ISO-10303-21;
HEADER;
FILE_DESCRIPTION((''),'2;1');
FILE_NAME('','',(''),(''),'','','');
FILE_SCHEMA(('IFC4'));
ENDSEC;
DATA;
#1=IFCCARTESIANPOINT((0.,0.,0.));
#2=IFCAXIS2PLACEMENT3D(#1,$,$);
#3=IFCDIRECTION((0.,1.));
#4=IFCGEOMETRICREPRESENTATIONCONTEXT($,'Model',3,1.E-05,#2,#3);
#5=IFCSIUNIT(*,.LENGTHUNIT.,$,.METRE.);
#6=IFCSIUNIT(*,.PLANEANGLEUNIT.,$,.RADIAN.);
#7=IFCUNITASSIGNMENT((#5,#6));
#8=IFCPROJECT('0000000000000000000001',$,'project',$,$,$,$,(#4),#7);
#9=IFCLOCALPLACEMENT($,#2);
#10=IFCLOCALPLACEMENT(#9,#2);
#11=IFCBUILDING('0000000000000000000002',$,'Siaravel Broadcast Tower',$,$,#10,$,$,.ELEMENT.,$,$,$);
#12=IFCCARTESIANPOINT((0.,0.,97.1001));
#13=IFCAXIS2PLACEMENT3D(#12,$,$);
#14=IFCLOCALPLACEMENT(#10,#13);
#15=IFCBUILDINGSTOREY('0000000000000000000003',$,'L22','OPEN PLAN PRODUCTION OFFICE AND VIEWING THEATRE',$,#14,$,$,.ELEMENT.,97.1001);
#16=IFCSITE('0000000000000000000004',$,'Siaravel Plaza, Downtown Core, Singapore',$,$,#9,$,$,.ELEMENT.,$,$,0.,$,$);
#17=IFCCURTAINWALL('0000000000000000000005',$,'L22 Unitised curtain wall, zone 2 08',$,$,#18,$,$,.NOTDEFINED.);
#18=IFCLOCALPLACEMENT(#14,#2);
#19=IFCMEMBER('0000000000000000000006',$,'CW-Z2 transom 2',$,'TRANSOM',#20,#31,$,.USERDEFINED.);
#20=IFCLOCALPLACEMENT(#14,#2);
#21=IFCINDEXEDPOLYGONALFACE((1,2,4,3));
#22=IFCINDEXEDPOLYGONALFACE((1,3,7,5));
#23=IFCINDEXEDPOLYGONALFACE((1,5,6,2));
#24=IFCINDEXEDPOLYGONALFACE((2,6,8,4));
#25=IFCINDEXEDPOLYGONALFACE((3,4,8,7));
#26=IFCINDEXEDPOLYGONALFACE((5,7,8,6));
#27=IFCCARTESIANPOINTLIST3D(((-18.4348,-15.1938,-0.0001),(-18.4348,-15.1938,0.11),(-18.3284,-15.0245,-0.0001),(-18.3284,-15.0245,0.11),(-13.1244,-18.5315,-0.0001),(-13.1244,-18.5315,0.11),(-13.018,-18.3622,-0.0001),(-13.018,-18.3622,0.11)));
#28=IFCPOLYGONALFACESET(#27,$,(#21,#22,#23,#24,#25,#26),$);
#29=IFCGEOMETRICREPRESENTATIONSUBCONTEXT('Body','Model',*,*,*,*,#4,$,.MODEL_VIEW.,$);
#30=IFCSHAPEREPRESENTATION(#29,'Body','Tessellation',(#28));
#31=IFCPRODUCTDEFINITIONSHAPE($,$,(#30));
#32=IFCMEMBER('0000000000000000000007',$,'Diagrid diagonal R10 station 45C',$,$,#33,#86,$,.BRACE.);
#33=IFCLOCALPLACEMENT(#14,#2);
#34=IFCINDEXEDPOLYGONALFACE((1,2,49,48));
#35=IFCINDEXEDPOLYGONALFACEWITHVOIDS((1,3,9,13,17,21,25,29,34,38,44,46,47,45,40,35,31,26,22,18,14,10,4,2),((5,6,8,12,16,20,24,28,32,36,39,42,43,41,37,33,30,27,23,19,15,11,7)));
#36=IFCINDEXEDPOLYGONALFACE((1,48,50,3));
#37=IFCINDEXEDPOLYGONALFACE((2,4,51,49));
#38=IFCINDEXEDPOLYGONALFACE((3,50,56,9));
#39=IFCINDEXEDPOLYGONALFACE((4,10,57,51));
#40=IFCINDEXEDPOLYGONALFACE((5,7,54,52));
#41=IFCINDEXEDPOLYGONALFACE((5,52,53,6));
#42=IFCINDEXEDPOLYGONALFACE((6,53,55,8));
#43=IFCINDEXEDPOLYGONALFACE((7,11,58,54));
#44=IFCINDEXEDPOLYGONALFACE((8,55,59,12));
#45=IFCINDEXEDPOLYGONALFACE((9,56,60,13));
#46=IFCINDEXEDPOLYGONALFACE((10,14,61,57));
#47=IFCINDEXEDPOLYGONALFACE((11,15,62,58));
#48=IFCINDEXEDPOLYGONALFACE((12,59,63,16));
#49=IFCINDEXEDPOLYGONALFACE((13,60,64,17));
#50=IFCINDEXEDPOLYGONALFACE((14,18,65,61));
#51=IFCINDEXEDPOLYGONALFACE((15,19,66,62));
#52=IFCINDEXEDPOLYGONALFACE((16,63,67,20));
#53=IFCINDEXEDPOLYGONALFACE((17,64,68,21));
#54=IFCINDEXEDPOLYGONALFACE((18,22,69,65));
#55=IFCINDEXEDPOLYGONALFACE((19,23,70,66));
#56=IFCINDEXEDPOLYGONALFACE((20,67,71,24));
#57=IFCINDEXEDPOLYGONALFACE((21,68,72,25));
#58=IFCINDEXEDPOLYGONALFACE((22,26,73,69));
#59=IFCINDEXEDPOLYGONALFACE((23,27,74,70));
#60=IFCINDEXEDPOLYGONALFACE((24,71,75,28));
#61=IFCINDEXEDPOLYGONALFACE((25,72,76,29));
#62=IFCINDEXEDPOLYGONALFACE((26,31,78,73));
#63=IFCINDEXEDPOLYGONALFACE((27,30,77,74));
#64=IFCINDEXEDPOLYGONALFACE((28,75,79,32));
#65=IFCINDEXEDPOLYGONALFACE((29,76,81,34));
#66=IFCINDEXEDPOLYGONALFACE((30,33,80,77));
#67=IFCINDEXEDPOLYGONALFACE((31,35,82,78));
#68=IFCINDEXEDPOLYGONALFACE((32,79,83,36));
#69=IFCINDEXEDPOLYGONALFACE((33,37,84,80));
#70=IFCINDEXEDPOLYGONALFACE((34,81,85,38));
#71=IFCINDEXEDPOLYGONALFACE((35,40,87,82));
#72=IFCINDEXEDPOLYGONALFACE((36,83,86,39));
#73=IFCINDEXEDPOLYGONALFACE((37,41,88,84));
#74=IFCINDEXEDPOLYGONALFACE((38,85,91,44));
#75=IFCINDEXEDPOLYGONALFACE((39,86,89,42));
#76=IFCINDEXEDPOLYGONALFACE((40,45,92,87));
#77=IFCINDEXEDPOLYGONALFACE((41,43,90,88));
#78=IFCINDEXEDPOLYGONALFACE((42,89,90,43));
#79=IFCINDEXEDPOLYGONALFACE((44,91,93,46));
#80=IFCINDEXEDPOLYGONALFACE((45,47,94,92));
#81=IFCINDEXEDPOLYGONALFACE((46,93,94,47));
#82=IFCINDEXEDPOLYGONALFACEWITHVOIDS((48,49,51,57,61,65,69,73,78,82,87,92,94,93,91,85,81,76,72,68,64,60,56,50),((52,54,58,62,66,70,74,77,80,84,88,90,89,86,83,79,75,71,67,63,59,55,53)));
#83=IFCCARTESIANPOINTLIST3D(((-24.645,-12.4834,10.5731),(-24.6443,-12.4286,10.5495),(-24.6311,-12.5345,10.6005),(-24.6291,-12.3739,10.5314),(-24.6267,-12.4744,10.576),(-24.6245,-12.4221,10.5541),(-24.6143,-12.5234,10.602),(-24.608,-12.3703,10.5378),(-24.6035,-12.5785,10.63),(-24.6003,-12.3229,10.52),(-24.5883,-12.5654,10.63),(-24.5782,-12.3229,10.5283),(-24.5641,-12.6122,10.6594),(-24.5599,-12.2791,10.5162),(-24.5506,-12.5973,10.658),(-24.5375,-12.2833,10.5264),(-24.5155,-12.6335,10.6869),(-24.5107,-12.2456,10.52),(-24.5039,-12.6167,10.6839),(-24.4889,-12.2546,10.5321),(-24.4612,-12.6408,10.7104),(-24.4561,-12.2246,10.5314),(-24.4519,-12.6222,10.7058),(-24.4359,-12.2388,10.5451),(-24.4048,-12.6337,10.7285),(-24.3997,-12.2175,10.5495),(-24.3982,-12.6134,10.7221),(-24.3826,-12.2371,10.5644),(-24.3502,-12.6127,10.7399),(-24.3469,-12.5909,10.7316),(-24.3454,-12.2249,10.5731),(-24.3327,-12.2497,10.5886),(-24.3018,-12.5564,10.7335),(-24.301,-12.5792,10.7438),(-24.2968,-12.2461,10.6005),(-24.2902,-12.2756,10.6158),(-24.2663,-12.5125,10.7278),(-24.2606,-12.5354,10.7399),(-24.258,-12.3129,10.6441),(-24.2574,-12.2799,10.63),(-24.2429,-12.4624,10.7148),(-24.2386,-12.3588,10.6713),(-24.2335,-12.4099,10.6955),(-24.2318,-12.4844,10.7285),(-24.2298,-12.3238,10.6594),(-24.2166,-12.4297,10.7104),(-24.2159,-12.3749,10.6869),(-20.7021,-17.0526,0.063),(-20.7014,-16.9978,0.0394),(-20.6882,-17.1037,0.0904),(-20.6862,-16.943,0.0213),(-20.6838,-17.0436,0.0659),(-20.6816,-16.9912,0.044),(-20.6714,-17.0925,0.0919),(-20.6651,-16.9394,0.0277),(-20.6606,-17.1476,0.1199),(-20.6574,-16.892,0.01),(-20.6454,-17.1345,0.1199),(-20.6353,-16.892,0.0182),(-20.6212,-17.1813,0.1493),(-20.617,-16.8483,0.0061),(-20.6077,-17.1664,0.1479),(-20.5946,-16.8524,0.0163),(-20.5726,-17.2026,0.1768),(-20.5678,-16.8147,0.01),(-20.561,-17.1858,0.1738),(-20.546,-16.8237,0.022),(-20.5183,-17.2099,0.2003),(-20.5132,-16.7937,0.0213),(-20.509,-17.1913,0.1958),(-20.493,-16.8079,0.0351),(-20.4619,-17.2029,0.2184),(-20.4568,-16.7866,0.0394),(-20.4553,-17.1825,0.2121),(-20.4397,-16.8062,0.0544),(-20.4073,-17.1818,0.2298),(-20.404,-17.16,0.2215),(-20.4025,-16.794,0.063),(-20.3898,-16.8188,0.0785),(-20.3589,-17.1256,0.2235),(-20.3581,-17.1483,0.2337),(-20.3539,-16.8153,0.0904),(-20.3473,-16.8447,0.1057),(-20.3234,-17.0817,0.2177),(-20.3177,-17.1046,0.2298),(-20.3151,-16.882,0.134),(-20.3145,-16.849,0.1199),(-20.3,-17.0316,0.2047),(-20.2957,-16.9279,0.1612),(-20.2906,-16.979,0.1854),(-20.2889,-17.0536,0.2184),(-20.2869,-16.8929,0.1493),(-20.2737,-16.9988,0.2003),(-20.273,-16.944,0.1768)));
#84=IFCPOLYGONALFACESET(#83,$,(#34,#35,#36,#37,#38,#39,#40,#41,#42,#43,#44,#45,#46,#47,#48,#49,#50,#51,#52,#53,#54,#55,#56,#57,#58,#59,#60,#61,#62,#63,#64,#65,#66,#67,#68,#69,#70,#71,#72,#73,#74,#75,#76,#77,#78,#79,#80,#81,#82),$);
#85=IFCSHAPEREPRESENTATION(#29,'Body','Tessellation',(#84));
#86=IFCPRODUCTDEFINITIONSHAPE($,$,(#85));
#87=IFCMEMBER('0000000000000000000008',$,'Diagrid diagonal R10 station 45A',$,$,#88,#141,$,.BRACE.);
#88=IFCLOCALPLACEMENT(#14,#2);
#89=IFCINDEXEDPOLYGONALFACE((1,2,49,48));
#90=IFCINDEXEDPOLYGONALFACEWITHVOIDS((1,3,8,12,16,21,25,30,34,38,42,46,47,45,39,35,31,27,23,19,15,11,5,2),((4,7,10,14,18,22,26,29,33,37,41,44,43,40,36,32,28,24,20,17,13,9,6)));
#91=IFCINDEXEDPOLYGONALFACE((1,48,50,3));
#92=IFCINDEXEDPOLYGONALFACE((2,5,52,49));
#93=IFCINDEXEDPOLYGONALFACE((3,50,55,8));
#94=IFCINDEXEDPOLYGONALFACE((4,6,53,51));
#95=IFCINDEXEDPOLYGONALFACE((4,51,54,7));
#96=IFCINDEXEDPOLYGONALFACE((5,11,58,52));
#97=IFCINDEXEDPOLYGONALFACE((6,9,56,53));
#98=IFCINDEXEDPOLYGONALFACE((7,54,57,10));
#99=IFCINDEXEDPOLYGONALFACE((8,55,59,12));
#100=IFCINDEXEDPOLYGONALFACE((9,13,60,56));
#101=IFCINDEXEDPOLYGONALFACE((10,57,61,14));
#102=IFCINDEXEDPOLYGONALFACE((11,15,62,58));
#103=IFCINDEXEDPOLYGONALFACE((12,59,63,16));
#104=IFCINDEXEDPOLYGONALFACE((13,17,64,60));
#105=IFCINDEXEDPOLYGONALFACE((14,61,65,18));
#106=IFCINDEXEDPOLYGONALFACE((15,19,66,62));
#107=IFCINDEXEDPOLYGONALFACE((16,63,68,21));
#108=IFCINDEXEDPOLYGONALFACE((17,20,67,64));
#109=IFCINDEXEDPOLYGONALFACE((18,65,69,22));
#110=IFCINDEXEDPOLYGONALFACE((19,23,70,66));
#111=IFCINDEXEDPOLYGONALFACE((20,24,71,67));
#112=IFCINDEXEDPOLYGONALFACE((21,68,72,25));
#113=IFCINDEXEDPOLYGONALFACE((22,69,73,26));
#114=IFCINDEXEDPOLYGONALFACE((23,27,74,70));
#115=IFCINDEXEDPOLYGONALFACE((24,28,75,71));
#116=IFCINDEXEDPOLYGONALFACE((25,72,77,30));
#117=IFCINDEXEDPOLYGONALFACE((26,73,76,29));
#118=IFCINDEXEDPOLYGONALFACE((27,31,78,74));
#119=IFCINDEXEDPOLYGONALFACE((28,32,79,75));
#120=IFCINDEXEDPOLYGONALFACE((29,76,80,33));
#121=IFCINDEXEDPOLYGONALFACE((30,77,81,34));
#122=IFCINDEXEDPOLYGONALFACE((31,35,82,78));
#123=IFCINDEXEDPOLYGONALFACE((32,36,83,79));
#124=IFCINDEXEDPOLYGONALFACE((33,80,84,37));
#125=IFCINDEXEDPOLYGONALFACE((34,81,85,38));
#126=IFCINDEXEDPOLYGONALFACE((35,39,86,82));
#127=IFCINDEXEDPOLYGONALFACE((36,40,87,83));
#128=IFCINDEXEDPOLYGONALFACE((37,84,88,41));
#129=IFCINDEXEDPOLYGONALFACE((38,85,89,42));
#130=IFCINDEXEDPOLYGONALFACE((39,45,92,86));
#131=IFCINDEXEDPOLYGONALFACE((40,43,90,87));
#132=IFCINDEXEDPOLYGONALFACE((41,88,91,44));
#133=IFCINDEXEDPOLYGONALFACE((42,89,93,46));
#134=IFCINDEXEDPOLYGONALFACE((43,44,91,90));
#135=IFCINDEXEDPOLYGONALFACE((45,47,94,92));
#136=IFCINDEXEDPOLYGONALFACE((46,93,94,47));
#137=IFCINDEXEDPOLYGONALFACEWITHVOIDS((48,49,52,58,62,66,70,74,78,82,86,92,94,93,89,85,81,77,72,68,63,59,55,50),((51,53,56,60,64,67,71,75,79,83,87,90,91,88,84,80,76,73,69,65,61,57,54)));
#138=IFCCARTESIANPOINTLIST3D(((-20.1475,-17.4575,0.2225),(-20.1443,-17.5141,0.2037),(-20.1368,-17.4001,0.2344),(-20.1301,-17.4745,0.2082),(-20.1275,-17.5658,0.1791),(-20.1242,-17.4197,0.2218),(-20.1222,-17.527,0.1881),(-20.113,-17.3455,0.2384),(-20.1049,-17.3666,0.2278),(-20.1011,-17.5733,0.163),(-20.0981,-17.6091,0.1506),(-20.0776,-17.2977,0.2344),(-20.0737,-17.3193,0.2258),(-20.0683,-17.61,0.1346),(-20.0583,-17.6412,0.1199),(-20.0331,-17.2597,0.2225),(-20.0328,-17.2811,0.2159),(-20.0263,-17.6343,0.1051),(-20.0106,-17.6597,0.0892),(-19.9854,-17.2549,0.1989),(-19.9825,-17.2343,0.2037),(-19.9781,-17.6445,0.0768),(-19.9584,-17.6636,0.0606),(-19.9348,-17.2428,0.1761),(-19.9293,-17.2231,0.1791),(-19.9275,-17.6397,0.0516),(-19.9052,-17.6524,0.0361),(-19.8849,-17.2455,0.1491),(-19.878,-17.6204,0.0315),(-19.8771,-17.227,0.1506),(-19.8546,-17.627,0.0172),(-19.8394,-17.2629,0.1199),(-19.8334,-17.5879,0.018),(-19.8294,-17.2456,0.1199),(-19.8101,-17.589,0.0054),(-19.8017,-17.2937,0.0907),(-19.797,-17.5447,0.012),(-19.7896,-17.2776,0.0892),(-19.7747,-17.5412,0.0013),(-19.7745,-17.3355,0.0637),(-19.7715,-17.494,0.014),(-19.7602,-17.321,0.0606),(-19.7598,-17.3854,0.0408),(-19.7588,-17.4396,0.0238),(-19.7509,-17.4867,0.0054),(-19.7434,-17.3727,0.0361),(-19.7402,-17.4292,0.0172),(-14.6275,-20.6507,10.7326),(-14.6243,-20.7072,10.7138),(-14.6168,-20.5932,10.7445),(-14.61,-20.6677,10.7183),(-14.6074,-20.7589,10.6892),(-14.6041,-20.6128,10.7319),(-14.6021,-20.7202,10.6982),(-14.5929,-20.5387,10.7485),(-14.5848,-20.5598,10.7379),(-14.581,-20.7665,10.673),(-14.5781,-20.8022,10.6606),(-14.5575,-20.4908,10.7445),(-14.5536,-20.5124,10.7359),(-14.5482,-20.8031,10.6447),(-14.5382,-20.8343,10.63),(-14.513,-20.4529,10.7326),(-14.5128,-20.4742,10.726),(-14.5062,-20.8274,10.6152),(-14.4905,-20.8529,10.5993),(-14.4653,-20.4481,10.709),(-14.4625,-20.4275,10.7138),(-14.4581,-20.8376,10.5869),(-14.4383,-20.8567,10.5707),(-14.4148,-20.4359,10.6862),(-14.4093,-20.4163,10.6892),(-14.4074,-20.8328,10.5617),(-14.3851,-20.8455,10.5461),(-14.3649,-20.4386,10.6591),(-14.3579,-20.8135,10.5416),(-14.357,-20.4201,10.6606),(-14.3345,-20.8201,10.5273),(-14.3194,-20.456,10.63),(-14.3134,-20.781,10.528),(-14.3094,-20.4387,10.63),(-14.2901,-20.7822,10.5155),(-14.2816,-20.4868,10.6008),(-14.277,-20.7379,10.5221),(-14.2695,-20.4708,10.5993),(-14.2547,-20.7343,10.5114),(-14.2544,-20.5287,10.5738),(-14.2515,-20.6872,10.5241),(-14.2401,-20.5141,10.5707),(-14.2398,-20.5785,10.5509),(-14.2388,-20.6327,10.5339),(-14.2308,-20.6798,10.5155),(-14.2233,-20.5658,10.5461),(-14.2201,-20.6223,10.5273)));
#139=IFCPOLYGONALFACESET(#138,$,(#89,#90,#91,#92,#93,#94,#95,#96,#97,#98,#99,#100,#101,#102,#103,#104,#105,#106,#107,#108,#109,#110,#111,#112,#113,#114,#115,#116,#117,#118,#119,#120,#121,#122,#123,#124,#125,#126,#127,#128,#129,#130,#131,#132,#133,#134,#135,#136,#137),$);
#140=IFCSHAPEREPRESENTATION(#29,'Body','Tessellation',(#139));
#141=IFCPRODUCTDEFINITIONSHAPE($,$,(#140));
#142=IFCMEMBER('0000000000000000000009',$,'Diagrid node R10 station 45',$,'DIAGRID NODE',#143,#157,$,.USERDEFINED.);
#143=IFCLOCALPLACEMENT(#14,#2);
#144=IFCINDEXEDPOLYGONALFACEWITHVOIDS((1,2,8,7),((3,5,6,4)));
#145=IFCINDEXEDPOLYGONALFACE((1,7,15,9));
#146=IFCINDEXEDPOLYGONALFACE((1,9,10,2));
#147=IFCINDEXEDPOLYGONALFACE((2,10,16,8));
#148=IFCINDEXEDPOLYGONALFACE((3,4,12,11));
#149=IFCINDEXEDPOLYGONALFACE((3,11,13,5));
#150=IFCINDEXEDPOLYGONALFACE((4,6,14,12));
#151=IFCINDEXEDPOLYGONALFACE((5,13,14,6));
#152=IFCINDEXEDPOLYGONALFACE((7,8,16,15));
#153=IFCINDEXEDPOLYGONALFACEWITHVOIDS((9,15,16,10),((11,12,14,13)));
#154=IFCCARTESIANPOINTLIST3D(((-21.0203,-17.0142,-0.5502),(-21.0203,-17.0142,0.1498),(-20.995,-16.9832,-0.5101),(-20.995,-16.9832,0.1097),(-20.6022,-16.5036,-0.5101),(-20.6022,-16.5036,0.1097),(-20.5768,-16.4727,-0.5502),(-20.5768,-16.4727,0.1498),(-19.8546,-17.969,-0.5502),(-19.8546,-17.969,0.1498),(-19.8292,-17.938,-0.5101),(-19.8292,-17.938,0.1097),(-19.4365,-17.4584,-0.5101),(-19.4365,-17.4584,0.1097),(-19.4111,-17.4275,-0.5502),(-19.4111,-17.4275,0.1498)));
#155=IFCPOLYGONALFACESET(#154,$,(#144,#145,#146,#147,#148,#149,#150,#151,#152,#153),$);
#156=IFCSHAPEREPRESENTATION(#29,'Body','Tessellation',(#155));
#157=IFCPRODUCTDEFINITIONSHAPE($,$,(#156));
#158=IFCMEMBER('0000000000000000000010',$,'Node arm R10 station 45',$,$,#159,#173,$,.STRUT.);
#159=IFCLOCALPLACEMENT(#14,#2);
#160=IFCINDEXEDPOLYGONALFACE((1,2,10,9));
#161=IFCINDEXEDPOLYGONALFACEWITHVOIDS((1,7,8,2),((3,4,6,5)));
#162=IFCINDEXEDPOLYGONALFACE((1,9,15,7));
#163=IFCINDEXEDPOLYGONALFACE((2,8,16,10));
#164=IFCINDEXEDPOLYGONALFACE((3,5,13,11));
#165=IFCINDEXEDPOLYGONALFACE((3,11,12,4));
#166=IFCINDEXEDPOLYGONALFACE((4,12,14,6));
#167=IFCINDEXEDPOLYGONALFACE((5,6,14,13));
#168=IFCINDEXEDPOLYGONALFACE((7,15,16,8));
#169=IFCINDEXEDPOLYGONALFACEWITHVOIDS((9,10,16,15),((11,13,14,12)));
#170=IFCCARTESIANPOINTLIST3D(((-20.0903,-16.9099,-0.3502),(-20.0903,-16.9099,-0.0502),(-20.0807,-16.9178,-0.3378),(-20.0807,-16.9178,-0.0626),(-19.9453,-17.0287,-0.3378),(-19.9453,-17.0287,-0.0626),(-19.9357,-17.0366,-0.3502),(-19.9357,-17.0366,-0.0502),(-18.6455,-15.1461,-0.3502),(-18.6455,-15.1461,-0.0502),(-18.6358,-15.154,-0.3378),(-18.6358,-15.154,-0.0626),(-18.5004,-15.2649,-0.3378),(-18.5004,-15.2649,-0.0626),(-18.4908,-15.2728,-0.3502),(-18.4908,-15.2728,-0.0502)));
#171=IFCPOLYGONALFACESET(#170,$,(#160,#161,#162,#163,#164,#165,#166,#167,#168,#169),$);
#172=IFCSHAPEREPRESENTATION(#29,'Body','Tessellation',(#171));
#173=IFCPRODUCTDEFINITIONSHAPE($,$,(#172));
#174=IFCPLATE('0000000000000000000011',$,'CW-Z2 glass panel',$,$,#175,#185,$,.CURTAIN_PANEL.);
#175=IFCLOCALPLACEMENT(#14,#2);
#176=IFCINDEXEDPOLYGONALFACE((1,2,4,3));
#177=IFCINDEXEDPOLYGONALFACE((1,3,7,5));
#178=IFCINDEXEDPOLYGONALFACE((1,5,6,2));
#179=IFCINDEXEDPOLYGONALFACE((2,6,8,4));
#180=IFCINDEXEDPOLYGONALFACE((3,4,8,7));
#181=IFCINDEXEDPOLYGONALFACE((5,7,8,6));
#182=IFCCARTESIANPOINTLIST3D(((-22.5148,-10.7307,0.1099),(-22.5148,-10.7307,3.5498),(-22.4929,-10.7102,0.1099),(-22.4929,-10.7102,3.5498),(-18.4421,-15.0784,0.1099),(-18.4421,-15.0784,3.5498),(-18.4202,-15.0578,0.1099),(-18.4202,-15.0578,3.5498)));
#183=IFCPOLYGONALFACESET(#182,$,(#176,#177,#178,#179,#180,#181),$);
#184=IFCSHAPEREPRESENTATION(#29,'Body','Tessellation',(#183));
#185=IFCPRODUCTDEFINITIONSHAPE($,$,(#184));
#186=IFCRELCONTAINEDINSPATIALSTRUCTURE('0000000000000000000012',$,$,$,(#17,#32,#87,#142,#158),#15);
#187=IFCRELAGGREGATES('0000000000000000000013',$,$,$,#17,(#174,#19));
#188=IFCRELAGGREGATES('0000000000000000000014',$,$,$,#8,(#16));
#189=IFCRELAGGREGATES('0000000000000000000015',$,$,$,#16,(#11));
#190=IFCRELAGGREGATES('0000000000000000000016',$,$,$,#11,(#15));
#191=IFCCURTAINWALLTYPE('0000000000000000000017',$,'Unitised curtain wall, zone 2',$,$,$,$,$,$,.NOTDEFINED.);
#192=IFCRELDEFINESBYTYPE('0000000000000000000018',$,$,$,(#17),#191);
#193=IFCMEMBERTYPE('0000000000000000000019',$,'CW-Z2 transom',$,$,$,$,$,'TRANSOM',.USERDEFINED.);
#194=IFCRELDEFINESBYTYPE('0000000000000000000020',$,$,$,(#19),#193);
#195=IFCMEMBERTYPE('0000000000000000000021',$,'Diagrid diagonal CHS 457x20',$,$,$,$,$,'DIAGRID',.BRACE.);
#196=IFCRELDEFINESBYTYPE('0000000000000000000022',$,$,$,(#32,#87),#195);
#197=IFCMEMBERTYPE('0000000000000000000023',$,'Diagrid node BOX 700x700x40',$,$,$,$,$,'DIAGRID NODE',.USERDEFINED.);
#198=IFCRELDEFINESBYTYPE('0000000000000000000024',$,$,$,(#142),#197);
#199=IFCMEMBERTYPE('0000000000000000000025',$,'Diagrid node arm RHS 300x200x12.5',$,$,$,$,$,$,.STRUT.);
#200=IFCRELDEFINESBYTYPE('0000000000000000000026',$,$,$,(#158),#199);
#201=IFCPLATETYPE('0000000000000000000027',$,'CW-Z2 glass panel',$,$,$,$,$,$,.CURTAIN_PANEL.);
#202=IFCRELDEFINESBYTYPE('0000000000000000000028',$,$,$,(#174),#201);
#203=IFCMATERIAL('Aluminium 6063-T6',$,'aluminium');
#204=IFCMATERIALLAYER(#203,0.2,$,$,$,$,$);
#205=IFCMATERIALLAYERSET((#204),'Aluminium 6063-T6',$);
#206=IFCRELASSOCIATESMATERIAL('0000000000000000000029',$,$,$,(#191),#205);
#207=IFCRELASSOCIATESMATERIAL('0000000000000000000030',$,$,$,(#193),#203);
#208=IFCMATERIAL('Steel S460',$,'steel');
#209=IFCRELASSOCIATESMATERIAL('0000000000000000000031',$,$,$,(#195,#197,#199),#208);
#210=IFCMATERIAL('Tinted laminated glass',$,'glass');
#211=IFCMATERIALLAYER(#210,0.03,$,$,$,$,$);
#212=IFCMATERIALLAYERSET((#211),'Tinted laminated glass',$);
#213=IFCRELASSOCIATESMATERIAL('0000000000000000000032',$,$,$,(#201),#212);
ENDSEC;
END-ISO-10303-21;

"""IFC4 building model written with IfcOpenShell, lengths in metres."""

from ifc_helpers import new_model, si_unit, direction, frame, origin, origin_2d, place, context, subcontext, project, spatial, rectangle, hollow_rectangle, hollow_circle, extrude, material, layer, layer_set, material_profile, profile_set, type_object, element, aggregate, save


model = new_model("IFC4")

# Units and contexts
model_context = context("Model", 3, precision=1e-05, world=origin(), true_north=direction((0.0, 1.0)))
body_context = subcontext(model_context, "Body", "Model", "MODEL_VIEW")
ifc_project = project(units=[si_unit("LENGTHUNIT", "METRE"), si_unit("PLANEANGLEUNIT", "RADIAN")], contexts=[model_context])

# Site, building, storey
site_placement = place(None, origin())
site = spatial("IfcSite", under=ifc_project, at=site_placement, Name="Siaravel Plaza, Downtown Core, Singapore", CompositionType="ELEMENT", RefElevation=0.0)
building_placement = place(site_placement, origin())
building = spatial("IfcBuilding", under=site, at=building_placement, Name="Siaravel Broadcast Tower", CompositionType="ELEMENT")
storey_placement = place(building_placement, frame((0.0, 0.0, 97.1001)))
storey = spatial("IfcBuildingStorey", under=building, at=storey_placement, Name="L22", Description="OPEN PLAN PRODUCTION OFFICE AND VIEWING THEATRE", CompositionType="ELEMENT", Elevation=97.1001)

# Shared definitions
ifc_material_1 = material(Name="Aluminium 6063-T6", Category="aluminium")
ifc_layer_1 = layer(ifc_material_1, 0.2)
ifc_layer_set_1 = layer_set([ifc_layer_1], Name="Aluminium 6063-T6")
curtain_wall_type = type_object("IfcCurtainWallType", Name="Unitised curtain wall, zone 2", PredefinedType="NOTDEFINED", material=ifc_layer_set_1)

# Curtain wall, member
curtain_wall_1_placement = place(storey_placement, origin())
curtain_wall_1 = element("IfcCurtainWall", 1, at=curtain_wall_1_placement, inside=storey, type_object=curtain_wall_type, Name="L22 Unitised curtain wall, zone 2 08", PredefinedType="NOTDEFINED")
ifc_material_profile_1 = material_profile(ifc_material_1, rectangle(XDim=0.2, YDim=0.1101, at=origin_2d()))
ifc_profile_set_1 = profile_set([ifc_material_profile_1], Name="Aluminium 6063-T6")
member_type_1 = type_object("IfcMemberType", Name="CW-Z2 transom", ElementType="TRANSOM", PredefinedType="USERDEFINED", material=ifc_profile_set_1)
member_1_placement = place(storey_placement, frame((-18.3816, -15.1091, 0.0549), z_axis=(0.846655, -0.532142, 0.0), x_axis=(0.532142, 0.846655, 0.0)))
member_1 = element("IfcMember", 2, at=member_1_placement, type_object=member_type_1, Name="CW-Z2 transom 2", ObjectType="TRANSOM", PredefinedType="USERDEFINED", context=body_context, shape_type="SweptSolid", body=[
    extrude(rectangle(XDim=0.2, YDim=0.1101, at=origin_2d()), origin(), (0.0, 0.0, 1.0), 6.2722),
])

# Members
ifc_material_2 = material(Name="Steel S460", Category="steel")
ifc_material_profile_2 = material_profile(ifc_material_2, hollow_circle(Radius=0.2285, WallThickness=0.02, at=origin_2d()))
ifc_profile_set_2 = profile_set([ifc_material_profile_2], Name="Steel S460")
member_type_2 = type_object("IfcMemberType", Name="Diagrid diagonal CHS 457x20", ElementType="DIAGRID", PredefinedType="BRACE", material=ifc_profile_set_2)
member_2_placement = place(storey_placement, frame((-20.4875, -16.9983, 0.1199), z_axis=(-0.325332, 0.377002, 0.867196), x_axis=(-0.757082, -0.65332, 0.0)))
element("IfcMember", 3, at=member_2_placement, inside=storey, type_object=member_type_2, Name="Diagrid diagonal R10 station 45C", PredefinedType="BRACE", context=body_context, shape_type="SweptSolid", body=[
    extrude(hollow_circle(Radius=0.2285, WallThickness=0.02, at=origin_2d()), origin(), (0.0, 0.0, 1.0), 12.1196),
])
member_3_placement = place(storey_placement, frame((-19.9438, -17.4434, 0.1199), z_axis=(0.449024, -0.259743, 0.854933), x_axis=(0.500721, 0.865609, 0.0)))
element("IfcMember", 4, at=member_3_placement, inside=storey, type_object=member_type_2, Name="Diagrid diagonal R10 station 45A", PredefinedType="BRACE", context=body_context, shape_type="SweptSolid", body=[
    extrude(hollow_circle(Radius=0.2285, WallThickness=0.02, at=origin_2d()), origin(), (0.0, 0.0, 1.0), 12.2935),
])
ifc_material_profile_3 = material_profile(ifc_material_2, hollow_rectangle(XDim=0.7, YDim=0.7, WallThickness=0.04, at=origin_2d()))
ifc_profile_set_3 = profile_set([ifc_material_profile_3], Name="Steel S460")
member_type_3 = type_object("IfcMemberType", Name="Diagrid node BOX 700x700x40", ElementType="DIAGRID NODE", PredefinedType="USERDEFINED", material=ifc_profile_set_3)
member_4_placement = place(storey_placement, frame((-20.7986, -16.7434, -0.2002), z_axis=(0.773625, -0.633644, 0.0), x_axis=(0.633644, 0.773625, 0.0)))
element("IfcMember", 5, at=member_4_placement, inside=storey, type_object=member_type_3, Name="Diagrid node R10 station 45", ObjectType="DIAGRID NODE", PredefinedType="USERDEFINED", context=body_context, shape_type="SweptSolid", body=[
    extrude(hollow_rectangle(XDim=0.7, YDim=0.7, WallThickness=0.04, at=origin_2d()), origin(), (0.0, 0.0, 1.0), 1.5068),
])
ifc_material_profile_4 = material_profile(ifc_material_2, hollow_rectangle(XDim=0.2, YDim=0.3, WallThickness=0.0125, at=origin_2d()))
ifc_profile_set_4 = profile_set([ifc_material_profile_4], Name="Steel S460")
member_type_4 = type_object("IfcMemberType", Name="Diagrid node arm RHS 300x200x12.5", PredefinedType="STRUT", material=ifc_profile_set_4)
member_5_placement = place(storey_placement, frame((-18.5681, -15.2095, -0.2002), z_axis=(-0.633716, -0.773566, 0.0), x_axis=(0.773566, -0.633716, 0.0)))
element("IfcMember", 6, at=member_5_placement, inside=storey, type_object=member_type_4, Name="Node arm R10 station 45", PredefinedType="STRUT", context=body_context, shape_type="SweptSolid", body=[
    extrude(hollow_rectangle(XDim=0.2, YDim=0.3, WallThickness=0.0125, at=origin_2d()), origin(), (0.0, 0.0, 1.0), 2.28),
])

# Plate
ifc_material_3 = material(Name="Tinted laminated glass", Category="glass")
ifc_layer_2 = layer(ifc_material_3, 0.03)
ifc_layer_set_2 = layer_set([ifc_layer_2], Name="Tinted laminated glass")
plate_type = type_object("IfcPlateType", Name="CW-Z2 glass panel", PredefinedType="CURTAIN_PANEL", material=ifc_layer_set_2)
plate_1_placement = place(storey_placement, frame((-20.4675, -12.8943, 0.1099), z_axis=(0.0, 0.0, 1.0), x_axis=(0.683656, -0.729805, 0.0)))
plate_1 = element("IfcPlate", 7, at=plate_1_placement, type_object=plate_type, Name="CW-Z2 glass panel", PredefinedType="CURTAIN_PANEL", context=body_context, shape_type="SweptSolid", body=[
    extrude(rectangle(XDim=5.9573, YDim=0.03, at=origin_2d()), origin(), (0.0, 0.0, 1.0), 3.4399),
])
aggregate(curtain_wall_1, [plate_1, member_1])

save(model, "model.ifc")
